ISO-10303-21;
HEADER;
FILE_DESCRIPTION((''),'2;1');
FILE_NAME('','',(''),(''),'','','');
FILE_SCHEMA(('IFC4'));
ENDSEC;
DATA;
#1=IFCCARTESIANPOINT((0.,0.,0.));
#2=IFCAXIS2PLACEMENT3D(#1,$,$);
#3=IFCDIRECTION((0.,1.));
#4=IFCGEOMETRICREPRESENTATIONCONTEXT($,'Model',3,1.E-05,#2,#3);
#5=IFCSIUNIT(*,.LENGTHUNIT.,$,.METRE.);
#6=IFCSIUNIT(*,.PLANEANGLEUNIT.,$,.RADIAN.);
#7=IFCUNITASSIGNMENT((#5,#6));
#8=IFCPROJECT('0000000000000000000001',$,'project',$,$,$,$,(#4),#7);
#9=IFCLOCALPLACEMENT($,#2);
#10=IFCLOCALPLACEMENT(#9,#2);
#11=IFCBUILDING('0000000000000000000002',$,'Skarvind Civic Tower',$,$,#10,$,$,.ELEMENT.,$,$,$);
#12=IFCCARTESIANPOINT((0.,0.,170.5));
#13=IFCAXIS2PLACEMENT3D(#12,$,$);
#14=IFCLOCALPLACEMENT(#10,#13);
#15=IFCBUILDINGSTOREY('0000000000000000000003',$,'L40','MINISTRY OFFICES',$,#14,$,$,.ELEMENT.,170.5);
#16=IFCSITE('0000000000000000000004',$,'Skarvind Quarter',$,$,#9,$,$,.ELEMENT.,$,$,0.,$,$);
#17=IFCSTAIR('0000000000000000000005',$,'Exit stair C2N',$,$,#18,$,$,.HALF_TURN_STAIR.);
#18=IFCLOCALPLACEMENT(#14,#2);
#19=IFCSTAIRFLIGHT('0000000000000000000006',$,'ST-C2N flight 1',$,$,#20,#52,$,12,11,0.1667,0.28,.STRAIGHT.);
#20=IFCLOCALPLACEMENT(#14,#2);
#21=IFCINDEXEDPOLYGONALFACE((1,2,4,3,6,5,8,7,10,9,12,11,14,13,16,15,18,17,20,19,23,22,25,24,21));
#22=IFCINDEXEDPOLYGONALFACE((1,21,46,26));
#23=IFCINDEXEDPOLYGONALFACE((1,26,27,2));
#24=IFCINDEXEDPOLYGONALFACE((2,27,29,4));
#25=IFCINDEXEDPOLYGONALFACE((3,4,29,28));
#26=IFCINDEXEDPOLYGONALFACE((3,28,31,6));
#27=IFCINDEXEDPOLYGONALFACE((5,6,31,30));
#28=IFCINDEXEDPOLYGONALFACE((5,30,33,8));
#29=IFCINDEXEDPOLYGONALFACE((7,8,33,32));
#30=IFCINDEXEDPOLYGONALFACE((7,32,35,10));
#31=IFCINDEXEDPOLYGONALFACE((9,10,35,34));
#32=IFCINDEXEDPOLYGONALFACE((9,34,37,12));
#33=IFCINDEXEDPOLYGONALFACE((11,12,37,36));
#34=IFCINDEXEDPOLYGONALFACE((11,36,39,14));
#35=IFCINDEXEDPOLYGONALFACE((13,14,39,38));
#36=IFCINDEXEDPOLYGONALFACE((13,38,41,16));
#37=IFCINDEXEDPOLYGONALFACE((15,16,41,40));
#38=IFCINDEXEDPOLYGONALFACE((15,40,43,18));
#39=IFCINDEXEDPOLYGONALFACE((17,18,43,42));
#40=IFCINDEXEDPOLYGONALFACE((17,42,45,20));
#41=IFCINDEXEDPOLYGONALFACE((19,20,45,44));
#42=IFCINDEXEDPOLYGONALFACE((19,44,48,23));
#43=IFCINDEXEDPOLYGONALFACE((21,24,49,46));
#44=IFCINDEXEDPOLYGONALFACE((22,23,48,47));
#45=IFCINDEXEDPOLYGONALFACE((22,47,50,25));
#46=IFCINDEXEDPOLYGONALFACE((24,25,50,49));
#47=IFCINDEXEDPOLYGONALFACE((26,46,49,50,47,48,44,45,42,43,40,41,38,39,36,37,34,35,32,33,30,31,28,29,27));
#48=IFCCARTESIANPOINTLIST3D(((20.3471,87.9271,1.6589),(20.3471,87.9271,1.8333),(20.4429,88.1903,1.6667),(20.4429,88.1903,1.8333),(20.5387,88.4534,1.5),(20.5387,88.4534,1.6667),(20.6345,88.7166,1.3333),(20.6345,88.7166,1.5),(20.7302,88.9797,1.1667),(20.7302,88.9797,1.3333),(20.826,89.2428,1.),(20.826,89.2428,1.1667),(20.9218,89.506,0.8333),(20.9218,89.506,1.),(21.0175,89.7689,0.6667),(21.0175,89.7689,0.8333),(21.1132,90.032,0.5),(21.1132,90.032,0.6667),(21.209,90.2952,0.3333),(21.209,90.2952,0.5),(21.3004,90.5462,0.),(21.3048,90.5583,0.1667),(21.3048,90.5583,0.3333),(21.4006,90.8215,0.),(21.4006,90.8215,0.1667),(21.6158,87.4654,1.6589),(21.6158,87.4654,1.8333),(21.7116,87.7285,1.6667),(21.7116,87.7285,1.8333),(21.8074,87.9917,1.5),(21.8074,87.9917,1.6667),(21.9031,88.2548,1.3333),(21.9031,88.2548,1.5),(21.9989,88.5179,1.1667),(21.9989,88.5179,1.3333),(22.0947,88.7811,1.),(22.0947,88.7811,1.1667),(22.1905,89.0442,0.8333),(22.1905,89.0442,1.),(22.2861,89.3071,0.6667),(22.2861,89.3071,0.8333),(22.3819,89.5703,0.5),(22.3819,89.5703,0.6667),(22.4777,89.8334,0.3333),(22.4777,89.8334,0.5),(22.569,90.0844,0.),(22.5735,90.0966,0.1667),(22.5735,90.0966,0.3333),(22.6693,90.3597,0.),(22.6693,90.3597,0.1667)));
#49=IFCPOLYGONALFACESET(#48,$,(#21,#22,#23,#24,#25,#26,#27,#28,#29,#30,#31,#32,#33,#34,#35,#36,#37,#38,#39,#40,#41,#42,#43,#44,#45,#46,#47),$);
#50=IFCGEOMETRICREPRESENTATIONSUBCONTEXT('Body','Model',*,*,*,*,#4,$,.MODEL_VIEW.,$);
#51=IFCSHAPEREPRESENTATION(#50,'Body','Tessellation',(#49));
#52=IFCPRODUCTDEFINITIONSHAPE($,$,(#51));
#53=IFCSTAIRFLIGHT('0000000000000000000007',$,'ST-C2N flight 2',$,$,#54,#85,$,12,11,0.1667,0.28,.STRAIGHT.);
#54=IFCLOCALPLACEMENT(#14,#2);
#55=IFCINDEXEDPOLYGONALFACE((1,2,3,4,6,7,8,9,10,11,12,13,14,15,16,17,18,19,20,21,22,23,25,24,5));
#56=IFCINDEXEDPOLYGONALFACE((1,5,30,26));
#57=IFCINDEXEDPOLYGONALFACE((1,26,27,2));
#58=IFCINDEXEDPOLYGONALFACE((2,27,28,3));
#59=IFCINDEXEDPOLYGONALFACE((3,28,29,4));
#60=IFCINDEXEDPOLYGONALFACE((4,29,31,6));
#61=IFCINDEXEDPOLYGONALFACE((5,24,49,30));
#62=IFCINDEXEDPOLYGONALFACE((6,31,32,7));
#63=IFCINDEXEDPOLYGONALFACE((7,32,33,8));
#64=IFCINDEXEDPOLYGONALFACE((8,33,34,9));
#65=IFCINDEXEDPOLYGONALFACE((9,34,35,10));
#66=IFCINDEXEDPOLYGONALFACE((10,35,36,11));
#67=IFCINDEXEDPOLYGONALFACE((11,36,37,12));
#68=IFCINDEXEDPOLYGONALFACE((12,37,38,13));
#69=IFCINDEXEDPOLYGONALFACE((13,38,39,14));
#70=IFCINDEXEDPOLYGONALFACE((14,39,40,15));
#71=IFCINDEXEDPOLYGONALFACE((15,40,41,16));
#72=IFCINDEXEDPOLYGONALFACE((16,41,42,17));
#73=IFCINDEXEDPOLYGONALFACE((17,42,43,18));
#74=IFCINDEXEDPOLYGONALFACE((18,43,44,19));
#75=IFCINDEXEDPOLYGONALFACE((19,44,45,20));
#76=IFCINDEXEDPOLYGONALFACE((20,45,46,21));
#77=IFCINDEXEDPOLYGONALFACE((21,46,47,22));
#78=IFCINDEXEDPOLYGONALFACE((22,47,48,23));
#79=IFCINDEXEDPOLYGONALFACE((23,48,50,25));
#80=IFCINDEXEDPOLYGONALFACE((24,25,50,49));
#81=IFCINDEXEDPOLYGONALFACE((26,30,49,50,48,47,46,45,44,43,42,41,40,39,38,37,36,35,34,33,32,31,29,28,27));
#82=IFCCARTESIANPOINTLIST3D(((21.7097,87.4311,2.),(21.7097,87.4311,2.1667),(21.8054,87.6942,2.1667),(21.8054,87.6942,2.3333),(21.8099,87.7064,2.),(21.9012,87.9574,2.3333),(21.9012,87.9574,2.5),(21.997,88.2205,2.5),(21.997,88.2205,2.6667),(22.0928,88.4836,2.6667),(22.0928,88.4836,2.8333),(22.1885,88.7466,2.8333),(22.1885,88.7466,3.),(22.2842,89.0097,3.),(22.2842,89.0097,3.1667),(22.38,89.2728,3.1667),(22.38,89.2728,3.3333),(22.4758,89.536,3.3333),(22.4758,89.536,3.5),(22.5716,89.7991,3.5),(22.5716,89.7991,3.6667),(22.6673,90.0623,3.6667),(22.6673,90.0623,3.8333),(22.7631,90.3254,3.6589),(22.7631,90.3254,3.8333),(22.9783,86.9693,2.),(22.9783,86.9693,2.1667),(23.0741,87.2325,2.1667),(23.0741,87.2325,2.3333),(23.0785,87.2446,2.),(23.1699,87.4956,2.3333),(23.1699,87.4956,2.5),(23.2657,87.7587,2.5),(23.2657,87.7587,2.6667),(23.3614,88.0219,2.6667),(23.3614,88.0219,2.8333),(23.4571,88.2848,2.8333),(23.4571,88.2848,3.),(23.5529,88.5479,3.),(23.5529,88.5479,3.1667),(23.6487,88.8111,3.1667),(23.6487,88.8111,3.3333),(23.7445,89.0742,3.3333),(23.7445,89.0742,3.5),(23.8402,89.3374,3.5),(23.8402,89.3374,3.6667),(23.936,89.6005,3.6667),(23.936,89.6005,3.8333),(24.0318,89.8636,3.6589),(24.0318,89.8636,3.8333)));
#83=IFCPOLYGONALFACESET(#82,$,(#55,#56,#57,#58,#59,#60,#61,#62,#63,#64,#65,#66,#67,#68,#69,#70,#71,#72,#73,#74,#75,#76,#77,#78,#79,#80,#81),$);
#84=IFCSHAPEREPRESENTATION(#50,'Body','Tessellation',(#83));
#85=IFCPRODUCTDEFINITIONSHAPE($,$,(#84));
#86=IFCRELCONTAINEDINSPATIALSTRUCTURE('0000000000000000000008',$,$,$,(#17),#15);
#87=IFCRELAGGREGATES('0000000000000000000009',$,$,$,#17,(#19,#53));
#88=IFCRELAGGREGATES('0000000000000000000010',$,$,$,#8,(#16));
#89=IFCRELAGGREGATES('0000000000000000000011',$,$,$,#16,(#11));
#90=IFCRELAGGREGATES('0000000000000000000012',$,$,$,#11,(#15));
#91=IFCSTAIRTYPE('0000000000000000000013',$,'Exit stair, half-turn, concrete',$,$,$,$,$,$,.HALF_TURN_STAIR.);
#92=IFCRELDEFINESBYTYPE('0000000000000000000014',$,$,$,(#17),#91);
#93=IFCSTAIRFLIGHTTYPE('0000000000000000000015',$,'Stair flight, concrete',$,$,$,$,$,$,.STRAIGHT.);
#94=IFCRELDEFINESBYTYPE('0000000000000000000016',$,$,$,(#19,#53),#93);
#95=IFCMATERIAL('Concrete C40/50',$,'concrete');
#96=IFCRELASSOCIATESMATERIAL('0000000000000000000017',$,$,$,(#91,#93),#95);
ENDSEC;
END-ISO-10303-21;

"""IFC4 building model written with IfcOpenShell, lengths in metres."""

from ifc_helpers import new_model, si_unit, direction, frame, origin, place, context, subcontext, project, spatial, polyline, outline, extrude, material, type_object, element, aggregate, save


model = new_model("IFC4")

# Units and contexts
model_context = context("Model", 3, precision=1e-05, world=origin(), true_north=direction((0.0, 1.0)))
body_context = subcontext(model_context, "Body", "Model", "MODEL_VIEW")
ifc_project = project(units=[si_unit("LENGTHUNIT", "METRE"), si_unit("PLANEANGLEUNIT", "RADIAN")], contexts=[model_context])

# Site, building, storey
site_placement = place(None, origin())
site = spatial("IfcSite", under=ifc_project, at=site_placement, Name="Skarvind Quarter", CompositionType="ELEMENT", RefElevation=0.0)
building_placement = place(site_placement, origin())
building = spatial("IfcBuilding", under=site, at=building_placement, Name="Skarvind Civic Tower", CompositionType="ELEMENT")
storey_placement = place(building_placement, frame((0.0, 0.0, 170.5)))
storey = spatial("IfcBuildingStorey", under=building, at=storey_placement, Name="L40", Description="MINISTRY OFFICES", CompositionType="ELEMENT", Elevation=170.5)

# Stair, stair flights
ifc_material_1 = material(Name="Concrete C40/50", Category="concrete")
stair_type = type_object("IfcStairType", Name="Exit stair, half-turn, concrete", PredefinedType="HALF_TURN_STAIR", material=ifc_material_1)
stair_placement = place(storey_placement, origin())
stair = element("IfcStair", 1, at=stair_placement, inside=storey, type_object=stair_type, Name="Exit stair C2N", PredefinedType="HALF_TURN_STAIR")
stair_flight_type = type_object("IfcStairFlightType", Name="Stair flight, concrete", PredefinedType="STRAIGHT", material=ifc_material_1)
stair_flight_1_placement = place(storey_placement, frame((22.0349, 90.5906, 0.0), z_axis=(0.0, 0.0, 1.0), x_axis=(-0.34202, -0.939693, 0.0)))
stair_flight_1 = element("IfcStairFlight", 2, at=stair_flight_1_placement, type_object=stair_flight_type, Name="ST-C2N flight 1", NumberOfRisers=12, NumberOfTreads=11, PredefinedType="STRAIGHT", RiserHeight=0.1667, TreadLength=0.28, context=body_context, shape_type="SweptSolid", body=[
    extrude(outline(polyline([(0.0, 0.0), (0.0, 0.1667), (0.28, 0.1667), (0.28, 0.3333), (0.5601, 0.3333), (0.5601, 0.5), (0.8401, 0.5), (0.8401, 0.6667), (1.1201, 0.6667), (1.1201, 0.8333), (1.3999, 0.8333), (1.3999, 1.0), (1.6799, 1.0), (1.6799, 1.1667), (1.96, 1.1667), (1.96, 1.3333), (2.24, 1.3333), (2.24, 1.5), (2.52, 1.5), (2.52, 1.6667), (2.8, 1.6667), (2.8, 1.8333), (3.0801, 1.8333), (3.0801, 2.0), (3.0801, 1.6589), (0.293, 0.0), (0.0, 0.0)])), frame((0.0, 0.675, 0.0), z_axis=(0.0, -1.0, 0.0), x_axis=(1.0, 0.0, 0.0)), (0.0, 0.0, 1.0), 1.3501),
])
stair_flight_2_placement = place(storey_placement, frame((22.344, 87.2002, 2.0), z_axis=(0.0, 0.0, 1.0), x_axis=(0.34202, 0.939693, 0.0)))
stair_flight_2 = element("IfcStairFlight", 3, at=stair_flight_2_placement, type_object=stair_flight_type, Name="ST-C2N flight 2", NumberOfRisers=12, NumberOfTreads=11, PredefinedType="STRAIGHT", RiserHeight=0.1667, TreadLength=0.28, context=body_context, shape_type="SweptSolid", body=[
    extrude(outline(polyline([(0.0, 0.0), (0.0, 0.1667), (0.28, 0.1667), (0.28, 0.3333), (0.5601, 0.3333), (0.5601, 0.5), (0.8401, 0.5), (0.8401, 0.6667), (1.1201, 0.6667), (1.1201, 0.8333), (1.3999, 0.8333), (1.3999, 1.0), (1.6799, 1.0), (1.6799, 1.1667), (1.96, 1.1667), (1.96, 1.3333), (2.24, 1.3333), (2.24, 1.5), (2.52, 1.5), (2.52, 1.6667), (2.8, 1.6667), (2.8, 1.8333), (3.0801, 1.8333), (3.0801, 2.0), (3.0801, 1.6589), (0.293, 0.0), (0.0, 0.0)])), frame((0.0, 0.675, 0.0), z_axis=(0.0, -1.0, 0.0), x_axis=(1.0, 0.0, 0.0)), (0.0, 0.0, 1.0), 1.3501),
])
aggregate(stair, [stair_flight_1, stair_flight_2])

save(model, "model.ifc")
